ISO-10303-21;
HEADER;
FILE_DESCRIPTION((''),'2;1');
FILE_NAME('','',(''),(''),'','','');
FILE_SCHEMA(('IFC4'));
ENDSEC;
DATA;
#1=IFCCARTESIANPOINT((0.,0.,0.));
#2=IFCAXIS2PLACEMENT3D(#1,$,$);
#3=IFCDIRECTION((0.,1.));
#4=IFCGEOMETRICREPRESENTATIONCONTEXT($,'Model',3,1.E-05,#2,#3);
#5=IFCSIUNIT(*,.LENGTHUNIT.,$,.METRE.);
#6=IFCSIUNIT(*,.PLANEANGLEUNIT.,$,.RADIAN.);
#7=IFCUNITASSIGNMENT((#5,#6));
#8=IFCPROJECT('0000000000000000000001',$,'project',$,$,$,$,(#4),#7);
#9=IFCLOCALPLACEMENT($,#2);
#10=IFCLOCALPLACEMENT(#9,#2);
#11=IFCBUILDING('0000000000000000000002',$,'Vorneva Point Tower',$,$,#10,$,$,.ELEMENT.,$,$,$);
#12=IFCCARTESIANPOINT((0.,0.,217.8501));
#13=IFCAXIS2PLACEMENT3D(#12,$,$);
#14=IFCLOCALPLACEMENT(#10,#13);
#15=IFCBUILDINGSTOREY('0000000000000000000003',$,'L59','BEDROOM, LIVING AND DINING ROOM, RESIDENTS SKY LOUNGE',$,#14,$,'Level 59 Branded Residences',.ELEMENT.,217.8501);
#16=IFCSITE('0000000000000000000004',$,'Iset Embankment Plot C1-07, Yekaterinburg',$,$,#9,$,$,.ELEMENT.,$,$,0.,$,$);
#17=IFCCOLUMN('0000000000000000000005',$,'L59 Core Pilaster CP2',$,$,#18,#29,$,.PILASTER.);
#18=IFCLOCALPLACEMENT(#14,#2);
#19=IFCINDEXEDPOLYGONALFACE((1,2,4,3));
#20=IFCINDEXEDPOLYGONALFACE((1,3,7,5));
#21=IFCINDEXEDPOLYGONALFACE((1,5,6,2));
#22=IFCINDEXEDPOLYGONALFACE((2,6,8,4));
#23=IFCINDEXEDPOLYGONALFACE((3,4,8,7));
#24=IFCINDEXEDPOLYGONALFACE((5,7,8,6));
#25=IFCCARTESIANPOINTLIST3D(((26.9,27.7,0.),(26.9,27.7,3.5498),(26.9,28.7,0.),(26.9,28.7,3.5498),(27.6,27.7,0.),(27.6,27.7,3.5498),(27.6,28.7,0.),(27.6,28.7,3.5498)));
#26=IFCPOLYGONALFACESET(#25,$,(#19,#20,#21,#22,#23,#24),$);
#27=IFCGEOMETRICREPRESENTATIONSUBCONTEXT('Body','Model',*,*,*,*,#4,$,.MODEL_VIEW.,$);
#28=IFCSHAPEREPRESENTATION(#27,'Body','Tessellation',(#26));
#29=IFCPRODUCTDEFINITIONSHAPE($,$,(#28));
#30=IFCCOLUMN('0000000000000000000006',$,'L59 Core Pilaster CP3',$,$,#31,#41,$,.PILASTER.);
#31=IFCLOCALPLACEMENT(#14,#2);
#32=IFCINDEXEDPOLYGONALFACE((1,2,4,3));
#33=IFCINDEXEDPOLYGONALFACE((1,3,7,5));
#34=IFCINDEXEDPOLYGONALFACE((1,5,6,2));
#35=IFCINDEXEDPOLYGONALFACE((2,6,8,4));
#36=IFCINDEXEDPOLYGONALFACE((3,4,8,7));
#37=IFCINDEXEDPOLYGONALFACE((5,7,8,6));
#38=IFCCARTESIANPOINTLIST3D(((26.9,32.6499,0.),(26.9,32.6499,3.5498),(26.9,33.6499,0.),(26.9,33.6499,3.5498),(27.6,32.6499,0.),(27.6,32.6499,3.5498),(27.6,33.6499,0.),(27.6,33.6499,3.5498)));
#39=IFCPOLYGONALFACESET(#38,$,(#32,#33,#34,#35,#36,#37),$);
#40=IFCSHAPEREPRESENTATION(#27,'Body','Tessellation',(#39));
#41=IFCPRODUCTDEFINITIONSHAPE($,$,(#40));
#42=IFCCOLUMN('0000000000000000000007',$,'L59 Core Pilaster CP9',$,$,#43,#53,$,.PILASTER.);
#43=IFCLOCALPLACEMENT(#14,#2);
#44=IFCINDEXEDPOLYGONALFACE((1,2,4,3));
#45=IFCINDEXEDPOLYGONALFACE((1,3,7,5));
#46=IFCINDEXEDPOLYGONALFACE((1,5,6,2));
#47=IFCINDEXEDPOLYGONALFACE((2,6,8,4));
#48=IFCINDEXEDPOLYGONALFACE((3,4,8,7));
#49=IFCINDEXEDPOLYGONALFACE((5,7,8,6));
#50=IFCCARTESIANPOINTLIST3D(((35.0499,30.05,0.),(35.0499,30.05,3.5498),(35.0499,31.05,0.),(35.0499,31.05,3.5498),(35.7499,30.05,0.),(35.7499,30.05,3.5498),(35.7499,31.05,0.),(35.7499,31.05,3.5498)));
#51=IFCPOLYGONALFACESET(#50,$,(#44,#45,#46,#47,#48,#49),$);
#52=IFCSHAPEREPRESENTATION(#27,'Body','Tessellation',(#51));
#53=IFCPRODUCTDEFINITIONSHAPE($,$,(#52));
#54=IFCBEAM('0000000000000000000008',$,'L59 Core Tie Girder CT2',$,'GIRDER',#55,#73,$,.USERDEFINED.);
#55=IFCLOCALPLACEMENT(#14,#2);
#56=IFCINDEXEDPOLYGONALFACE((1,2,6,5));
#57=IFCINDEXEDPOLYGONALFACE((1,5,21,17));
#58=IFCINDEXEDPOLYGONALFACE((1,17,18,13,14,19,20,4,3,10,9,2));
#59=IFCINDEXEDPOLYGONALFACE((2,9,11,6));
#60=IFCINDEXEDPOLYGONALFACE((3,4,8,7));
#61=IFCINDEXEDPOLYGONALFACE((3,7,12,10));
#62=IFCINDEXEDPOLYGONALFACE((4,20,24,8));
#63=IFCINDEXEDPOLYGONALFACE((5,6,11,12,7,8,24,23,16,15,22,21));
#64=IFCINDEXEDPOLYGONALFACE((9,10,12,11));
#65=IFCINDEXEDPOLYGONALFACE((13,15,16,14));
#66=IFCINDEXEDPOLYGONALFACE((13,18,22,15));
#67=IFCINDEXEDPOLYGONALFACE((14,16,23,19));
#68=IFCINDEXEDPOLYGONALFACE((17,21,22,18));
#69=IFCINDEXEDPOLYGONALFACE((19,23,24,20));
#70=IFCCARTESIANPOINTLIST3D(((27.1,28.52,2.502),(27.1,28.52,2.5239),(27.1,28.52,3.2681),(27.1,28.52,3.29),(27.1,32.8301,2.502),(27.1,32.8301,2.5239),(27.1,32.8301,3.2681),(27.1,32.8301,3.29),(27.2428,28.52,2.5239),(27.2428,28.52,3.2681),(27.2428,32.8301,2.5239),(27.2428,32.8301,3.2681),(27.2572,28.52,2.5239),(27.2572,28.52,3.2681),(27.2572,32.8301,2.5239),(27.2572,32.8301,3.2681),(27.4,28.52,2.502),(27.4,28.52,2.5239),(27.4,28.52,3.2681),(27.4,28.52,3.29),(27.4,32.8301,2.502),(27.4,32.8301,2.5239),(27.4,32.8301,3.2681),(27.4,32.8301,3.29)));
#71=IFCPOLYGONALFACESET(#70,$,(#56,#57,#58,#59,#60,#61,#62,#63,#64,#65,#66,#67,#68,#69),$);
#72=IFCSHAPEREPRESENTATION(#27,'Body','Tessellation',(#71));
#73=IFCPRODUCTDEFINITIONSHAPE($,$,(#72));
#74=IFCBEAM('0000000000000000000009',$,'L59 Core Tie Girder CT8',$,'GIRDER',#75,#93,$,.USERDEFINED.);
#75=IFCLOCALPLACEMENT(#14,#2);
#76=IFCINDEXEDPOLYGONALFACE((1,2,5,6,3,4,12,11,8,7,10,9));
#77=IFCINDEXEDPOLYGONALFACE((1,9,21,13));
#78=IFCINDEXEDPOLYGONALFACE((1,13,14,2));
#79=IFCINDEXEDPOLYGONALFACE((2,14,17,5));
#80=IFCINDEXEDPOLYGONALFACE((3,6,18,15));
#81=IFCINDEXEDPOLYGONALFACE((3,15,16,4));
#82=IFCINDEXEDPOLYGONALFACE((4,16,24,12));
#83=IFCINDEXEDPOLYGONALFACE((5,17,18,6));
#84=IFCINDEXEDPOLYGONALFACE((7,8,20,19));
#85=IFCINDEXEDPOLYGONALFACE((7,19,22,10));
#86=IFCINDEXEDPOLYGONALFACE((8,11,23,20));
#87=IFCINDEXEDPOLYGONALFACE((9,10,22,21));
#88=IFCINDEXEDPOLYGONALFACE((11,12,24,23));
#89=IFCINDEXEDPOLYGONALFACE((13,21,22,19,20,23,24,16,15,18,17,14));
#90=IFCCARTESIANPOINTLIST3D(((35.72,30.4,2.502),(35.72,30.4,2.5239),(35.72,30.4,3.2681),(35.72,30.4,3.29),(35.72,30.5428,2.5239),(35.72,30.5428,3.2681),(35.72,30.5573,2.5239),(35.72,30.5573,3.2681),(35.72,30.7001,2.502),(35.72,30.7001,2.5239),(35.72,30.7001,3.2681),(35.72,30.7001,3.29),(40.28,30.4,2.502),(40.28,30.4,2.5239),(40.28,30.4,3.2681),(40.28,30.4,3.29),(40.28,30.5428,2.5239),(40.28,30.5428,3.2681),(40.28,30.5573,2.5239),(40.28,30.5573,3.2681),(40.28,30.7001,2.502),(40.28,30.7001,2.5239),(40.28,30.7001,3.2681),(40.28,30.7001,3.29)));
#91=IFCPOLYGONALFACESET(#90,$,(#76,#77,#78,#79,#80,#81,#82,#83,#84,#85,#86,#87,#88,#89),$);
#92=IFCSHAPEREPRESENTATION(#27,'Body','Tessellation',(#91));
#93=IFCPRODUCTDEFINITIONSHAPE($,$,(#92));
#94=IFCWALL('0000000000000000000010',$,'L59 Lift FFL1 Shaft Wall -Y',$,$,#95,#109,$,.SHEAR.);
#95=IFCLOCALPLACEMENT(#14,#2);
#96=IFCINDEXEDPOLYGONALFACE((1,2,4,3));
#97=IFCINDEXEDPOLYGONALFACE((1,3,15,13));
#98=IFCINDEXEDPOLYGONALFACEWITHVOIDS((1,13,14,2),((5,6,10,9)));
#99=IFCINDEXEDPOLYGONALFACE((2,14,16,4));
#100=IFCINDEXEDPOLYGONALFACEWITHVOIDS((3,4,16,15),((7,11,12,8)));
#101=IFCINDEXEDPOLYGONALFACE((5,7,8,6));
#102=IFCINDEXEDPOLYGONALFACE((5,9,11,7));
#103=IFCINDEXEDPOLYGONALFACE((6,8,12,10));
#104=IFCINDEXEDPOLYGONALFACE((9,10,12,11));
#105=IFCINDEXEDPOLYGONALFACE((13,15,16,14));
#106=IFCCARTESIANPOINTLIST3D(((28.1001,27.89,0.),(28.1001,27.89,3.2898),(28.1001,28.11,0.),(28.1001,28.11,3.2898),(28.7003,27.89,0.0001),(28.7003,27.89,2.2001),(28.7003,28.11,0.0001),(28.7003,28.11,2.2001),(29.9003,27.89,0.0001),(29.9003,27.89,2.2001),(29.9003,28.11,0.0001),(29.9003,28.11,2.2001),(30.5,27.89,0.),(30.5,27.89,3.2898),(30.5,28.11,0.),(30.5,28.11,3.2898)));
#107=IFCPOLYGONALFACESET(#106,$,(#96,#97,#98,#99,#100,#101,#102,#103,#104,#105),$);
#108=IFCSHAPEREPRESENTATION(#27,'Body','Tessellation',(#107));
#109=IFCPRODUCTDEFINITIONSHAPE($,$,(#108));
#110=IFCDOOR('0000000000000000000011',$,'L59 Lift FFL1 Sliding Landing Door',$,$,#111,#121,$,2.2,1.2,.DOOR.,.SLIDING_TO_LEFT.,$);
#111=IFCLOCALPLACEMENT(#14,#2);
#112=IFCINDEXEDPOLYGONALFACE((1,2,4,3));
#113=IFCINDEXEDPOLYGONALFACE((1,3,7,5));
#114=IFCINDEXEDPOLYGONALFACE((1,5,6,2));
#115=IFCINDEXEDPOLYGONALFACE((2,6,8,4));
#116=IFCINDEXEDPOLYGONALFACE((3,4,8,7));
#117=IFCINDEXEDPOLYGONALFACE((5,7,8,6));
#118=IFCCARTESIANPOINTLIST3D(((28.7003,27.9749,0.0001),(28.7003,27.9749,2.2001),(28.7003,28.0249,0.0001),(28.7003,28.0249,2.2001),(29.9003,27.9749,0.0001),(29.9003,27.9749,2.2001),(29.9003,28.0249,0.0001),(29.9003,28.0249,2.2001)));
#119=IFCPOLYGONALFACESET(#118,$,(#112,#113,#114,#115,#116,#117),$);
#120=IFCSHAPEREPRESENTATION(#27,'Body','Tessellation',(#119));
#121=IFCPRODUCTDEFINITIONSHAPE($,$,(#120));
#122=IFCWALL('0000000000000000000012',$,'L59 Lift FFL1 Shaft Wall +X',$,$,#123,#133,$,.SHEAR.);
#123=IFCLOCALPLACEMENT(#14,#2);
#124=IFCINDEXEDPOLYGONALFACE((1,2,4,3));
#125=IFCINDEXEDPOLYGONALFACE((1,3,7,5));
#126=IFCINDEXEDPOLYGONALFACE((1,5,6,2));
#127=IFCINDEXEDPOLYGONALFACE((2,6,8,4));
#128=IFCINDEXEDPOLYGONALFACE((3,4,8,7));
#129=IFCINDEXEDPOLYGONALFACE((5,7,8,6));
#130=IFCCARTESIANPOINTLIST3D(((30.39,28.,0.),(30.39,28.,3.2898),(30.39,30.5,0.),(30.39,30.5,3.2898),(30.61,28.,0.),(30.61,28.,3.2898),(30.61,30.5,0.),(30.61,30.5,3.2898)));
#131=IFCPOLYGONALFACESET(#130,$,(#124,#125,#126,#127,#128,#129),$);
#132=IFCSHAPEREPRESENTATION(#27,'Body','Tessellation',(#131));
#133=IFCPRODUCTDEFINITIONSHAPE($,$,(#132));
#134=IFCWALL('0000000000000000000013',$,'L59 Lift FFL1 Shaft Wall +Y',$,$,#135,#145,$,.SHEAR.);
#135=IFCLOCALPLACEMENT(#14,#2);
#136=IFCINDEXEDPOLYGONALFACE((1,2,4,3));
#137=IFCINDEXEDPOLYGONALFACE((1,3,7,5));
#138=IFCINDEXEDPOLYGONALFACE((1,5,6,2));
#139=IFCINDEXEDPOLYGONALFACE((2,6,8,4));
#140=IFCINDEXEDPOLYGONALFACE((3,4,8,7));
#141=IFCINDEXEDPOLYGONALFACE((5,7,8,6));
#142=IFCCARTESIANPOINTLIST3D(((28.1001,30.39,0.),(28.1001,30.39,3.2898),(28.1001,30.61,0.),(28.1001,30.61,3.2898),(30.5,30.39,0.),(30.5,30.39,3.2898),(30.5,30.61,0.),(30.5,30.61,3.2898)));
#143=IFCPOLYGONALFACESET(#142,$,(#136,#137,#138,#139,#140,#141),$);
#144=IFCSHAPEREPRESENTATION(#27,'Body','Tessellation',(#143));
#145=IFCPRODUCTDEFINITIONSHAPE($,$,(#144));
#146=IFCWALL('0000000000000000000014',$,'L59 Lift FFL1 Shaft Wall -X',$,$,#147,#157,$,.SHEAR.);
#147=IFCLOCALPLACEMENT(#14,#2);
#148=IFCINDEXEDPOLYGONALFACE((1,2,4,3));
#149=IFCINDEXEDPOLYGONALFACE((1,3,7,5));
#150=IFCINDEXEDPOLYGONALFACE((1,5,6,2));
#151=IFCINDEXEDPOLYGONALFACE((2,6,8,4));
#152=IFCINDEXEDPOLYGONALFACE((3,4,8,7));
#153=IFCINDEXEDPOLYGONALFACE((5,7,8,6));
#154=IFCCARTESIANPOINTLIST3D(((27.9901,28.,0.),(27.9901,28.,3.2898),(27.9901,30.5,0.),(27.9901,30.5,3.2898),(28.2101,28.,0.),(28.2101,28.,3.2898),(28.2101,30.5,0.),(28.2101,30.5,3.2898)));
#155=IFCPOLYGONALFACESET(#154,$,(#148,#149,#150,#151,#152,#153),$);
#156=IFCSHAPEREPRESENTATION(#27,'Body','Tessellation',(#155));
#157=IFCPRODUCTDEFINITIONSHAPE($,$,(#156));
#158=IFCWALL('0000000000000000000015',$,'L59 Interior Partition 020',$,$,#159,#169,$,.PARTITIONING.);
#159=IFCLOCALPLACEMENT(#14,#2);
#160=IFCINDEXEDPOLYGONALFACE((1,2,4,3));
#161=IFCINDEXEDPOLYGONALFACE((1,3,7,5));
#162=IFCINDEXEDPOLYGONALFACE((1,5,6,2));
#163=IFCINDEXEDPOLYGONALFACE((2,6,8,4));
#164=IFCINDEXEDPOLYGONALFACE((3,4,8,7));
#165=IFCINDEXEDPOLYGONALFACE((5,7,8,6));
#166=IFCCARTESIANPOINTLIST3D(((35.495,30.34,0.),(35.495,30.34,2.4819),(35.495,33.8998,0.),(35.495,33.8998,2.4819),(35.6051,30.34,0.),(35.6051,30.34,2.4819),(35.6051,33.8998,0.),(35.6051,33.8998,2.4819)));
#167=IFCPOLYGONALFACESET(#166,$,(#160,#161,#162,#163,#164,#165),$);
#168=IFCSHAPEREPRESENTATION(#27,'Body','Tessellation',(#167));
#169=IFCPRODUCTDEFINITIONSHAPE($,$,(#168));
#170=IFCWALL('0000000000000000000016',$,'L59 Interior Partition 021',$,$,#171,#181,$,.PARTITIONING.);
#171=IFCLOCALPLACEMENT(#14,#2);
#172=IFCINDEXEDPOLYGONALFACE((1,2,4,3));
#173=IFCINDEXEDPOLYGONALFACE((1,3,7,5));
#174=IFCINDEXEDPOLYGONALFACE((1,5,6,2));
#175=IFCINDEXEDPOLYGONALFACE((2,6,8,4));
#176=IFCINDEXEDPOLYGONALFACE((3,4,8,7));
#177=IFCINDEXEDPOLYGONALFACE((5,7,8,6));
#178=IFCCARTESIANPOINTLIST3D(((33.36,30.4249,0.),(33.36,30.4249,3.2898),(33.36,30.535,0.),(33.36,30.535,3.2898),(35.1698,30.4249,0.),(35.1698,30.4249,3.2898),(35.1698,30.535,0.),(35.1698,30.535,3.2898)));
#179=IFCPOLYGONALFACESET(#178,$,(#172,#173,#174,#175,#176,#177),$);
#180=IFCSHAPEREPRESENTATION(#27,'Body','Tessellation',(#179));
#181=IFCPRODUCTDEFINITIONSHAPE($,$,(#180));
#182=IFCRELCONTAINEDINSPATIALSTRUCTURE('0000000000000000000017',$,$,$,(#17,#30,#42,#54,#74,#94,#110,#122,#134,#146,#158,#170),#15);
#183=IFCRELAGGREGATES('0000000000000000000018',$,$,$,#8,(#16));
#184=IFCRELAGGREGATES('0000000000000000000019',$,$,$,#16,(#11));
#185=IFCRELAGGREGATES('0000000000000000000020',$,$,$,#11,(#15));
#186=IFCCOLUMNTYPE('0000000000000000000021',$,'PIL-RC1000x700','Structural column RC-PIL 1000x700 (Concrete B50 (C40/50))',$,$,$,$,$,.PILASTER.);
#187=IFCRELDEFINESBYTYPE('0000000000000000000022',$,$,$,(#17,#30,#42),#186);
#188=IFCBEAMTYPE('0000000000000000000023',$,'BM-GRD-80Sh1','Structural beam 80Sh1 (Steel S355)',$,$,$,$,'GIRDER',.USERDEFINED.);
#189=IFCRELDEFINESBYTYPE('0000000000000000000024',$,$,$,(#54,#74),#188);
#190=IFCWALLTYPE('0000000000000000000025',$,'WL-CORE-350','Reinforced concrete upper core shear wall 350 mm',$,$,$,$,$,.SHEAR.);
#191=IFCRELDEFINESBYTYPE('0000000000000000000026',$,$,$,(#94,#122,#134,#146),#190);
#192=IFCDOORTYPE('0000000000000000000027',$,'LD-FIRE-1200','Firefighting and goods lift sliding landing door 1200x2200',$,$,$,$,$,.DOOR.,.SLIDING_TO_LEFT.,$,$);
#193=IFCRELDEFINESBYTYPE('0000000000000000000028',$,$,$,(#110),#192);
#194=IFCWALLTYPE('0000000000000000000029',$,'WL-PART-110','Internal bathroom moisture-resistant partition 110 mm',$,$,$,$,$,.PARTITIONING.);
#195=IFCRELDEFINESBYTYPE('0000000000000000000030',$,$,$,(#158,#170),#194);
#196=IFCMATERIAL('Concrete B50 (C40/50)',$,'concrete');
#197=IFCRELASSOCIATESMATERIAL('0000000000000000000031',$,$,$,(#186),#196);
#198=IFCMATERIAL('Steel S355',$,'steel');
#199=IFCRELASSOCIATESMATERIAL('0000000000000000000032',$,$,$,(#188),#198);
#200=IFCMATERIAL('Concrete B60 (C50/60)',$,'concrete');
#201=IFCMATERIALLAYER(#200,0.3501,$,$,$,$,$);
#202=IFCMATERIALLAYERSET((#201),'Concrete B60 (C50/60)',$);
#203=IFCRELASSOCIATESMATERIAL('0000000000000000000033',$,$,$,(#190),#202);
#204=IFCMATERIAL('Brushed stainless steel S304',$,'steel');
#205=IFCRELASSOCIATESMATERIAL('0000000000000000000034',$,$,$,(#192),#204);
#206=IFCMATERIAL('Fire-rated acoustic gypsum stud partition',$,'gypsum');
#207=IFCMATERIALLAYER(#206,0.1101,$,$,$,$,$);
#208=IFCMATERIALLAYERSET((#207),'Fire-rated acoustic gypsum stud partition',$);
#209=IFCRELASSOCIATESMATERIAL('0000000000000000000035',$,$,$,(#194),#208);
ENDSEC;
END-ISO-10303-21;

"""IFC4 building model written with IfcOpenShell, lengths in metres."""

from ifc_helpers import new_model, si_unit, direction, frame, frame_2d, origin, origin_2d, place, context, subcontext, project, spatial, rectangle, i_section, extrude, material, layer, layer_set, material_profile, profile_set, type_object, element, fill, save


model = new_model("IFC4")

# Units and contexts
model_context = context("Model", 3, precision=1e-05, world=origin(), true_north=direction((0.0, 1.0)))
body_context = subcontext(model_context, "Body", "Model", "MODEL_VIEW")
ifc_project = project(units=[si_unit("LENGTHUNIT", "METRE"), si_unit("PLANEANGLEUNIT", "RADIAN")], contexts=[model_context])

# Site, building, storey
site_placement = place(None, origin())
site = spatial("IfcSite", under=ifc_project, at=site_placement, Name="Iset Embankment Plot C1-07, Yekaterinburg", CompositionType="ELEMENT", RefElevation=0.0)
building_placement = place(site_placement, origin())
building = spatial("IfcBuilding", under=site, at=building_placement, Name="Vorneva Point Tower", CompositionType="ELEMENT")
storey_placement = place(building_placement, frame((0.0, 0.0, 217.8501)))
storey = spatial("IfcBuildingStorey", under=building, at=storey_placement, Name="L59", Description="BEDROOM, LIVING AND DINING ROOM, RESIDENTS SKY LOUNGE", LongName="Level 59 Branded Residences", CompositionType="ELEMENT", Elevation=217.8501)

# Columns
ifc_material_1 = material(Name="Concrete B50 (C40/50)", Category="concrete")
ifc_material_profile_1 = material_profile(ifc_material_1, rectangle(XDim=0.7, YDim=1.0, at=origin_2d()), Name="RC-PIL 1000x700")
ifc_profile_set_1 = profile_set([ifc_material_profile_1], Name="Concrete B50 (C40/50)")
column_type = type_object("IfcColumnType", Name="PIL-RC1000x700", Description="Structural column RC-PIL 1000x700 (Concrete B50 (C40/50))", PredefinedType="PILASTER", material=ifc_profile_set_1)
for number, where, z_axis, x_axis, name in (
    (1, (27.25, 28.2, 0.0), (0.0, 0.0, 1.0), (1.0, 0.0, 0.0), "L59 Core Pilaster CP2"),
    (2, (27.25, 33.1499, 0.0), (0.0, 0.0, 1.0), (1.0, 0.0, 0.0), "L59 Core Pilaster CP3"),
    (3, (35.3999, 30.55, 0.0), (0.0, 0.0, 1.0), (1.0, 0.0, 0.0), "L59 Core Pilaster CP9"),
):
    element("IfcColumn", number, at=place(storey_placement, frame(where, z_axis=z_axis, x_axis=x_axis)), inside=storey, type_object=column_type, Name=name, PredefinedType="PILASTER", context=body_context, shape_type="SweptSolid", body=[
        extrude(rectangle(XDim=0.7, YDim=1.0, at=origin_2d()), origin(), (0.0, 0.0, 1.0), 3.5498),
    ])

# Beams
ifc_material_2 = material(Name="Steel S355", Category="steel")
ifc_material_profile_2 = material_profile(ifc_material_2, i_section(OverallWidth=0.3, OverallDepth=0.7881, WebThickness=0.0144, FlangeThickness=0.022, at=origin_2d()), Name="80Sh1")
ifc_profile_set_2 = profile_set([ifc_material_profile_2], Name="Steel S355")
beam_type = type_object("IfcBeamType", Name="BM-GRD-80Sh1", Description="Structural beam 80Sh1 (Steel S355)", ElementType="GIRDER", PredefinedType="USERDEFINED", material=ifc_profile_set_2)
beam_1_placement = place(storey_placement, frame((27.25, 28.52, 2.896), z_axis=(0.0, 1.0, 0.0), x_axis=(-1.0, 0.0, 0.0)))
element("IfcBeam", 4, at=beam_1_placement, inside=storey, type_object=beam_type, Name="L59 Core Tie Girder CT2", ObjectType="GIRDER", PredefinedType="USERDEFINED", context=body_context, shape_type="SweptSolid", body=[
    extrude(i_section(OverallWidth=0.3, OverallDepth=0.7881, WebThickness=0.0144, FlangeThickness=0.022, at=origin_2d()), origin(), (0.0, 0.0, 1.0), 4.3101),
])
beam_2_placement = place(storey_placement, frame((35.72, 30.55, 2.896), z_axis=(1.0, 0.0, 0.0), x_axis=(0.0, 1.0, 0.0)))
element("IfcBeam", 5, at=beam_2_placement, inside=storey, type_object=beam_type, Name="L59 Core Tie Girder CT8", ObjectType="GIRDER", PredefinedType="USERDEFINED", context=body_context, shape_type="SweptSolid", body=[
    extrude(i_section(OverallWidth=0.3, OverallDepth=0.7881, WebThickness=0.0144, FlangeThickness=0.022, at=origin_2d()), origin(), (0.0, 0.0, 1.0), 4.5601),
])

# Wall, opening, door
ifc_material_3 = material(Name="Concrete B60 (C50/60)", Category="concrete")
ifc_layer_1 = layer(ifc_material_3, 0.3501)
ifc_layer_set_1 = layer_set([ifc_layer_1], Name="Concrete B60 (C50/60)")
wall_type_1 = type_object("IfcWallType", Name="WL-CORE-350", Description="Reinforced concrete upper core shear wall 350 mm", PredefinedType="SHEAR", material=ifc_layer_set_1)
wall_1_placement = place(storey_placement, frame((28.1001, 28.0, 0.0), z_axis=(0.0, 0.0, 1.0), x_axis=(1.0, 0.0, 0.0)))
wall_1 = element("IfcWall", 6, at=wall_1_placement, inside=storey, type_object=wall_type_1, Name="L59 Lift FFL1 Shaft Wall -Y", PredefinedType="SHEAR", context=body_context, shape_type="SweptSolid", body=[
    extrude(rectangle(XDim=2.3999, YDim=0.22, at=frame_2d((1.2, 0.0))), origin(), (0.0, 0.0, 1.0), 3.2898),
])
opening_1_placement = place(wall_1_placement, frame((0.6001, 0.0, 0.0)))
opening_1 = element("IfcOpeningElement", 7, at=opening_1_placement, cuts=wall_1, PredefinedType="OPENING", context=body_context, shape_type="SweptSolid", body=[
    extrude(rectangle(XDim=1.2, YDim=2.2, at=frame_2d((0.6001, 1.1001))), frame((0.0, 0.125, 0.0), z_axis=(0.0, -1.0, 0.0), x_axis=(1.0, 0.0, 0.0)), (0.0, 0.0, 1.0), 0.2498),
])
ifc_material_4 = material(Name="Brushed stainless steel S304", Category="steel")
door_type_1 = type_object("IfcDoorType", Name="LD-FIRE-1200", Description="Firefighting and goods lift sliding landing door 1200x2200", OperationType="SLIDING_TO_LEFT", PredefinedType="DOOR", material=ifc_material_4)
door_1_placement = place(opening_1_placement, origin())
door_1 = element("IfcDoor", 8, at=door_1_placement, inside=storey, type_object=door_type_1, Name="L59 Lift FFL1 Sliding Landing Door", OperationType="SLIDING_TO_LEFT", OverallHeight=2.2, OverallWidth=1.2, PredefinedType="DOOR", context=body_context, shape_type="SweptSolid", body=[
    extrude(rectangle(XDim=1.2, YDim=2.2, at=frame_2d((0.6001, 1.1001))), frame((0.0, 0.0249, 0.0), z_axis=(0.0, -1.0, 0.0), x_axis=(1.0, 0.0, 0.0)), (0.0, 0.0, 1.0), 0.05),
])
fill(opening_1, door_1)

# Walls
wall_2_placement = place(storey_placement, frame((30.5, 28.0, 0.0), z_axis=(0.0, 0.0, 1.0), x_axis=(0.0, 1.0, 0.0)))
element("IfcWall", 9, at=wall_2_placement, inside=storey, type_object=wall_type_1, Name="L59 Lift FFL1 Shaft Wall +X", PredefinedType="SHEAR", context=body_context, shape_type="SweptSolid", body=[
    extrude(rectangle(XDim=2.5, YDim=0.22, at=frame_2d((1.25, 0.0))), origin(), (0.0, 0.0, 1.0), 3.2898),
])
wall_3_placement = place(storey_placement, frame((30.5, 30.5, 0.0), z_axis=(0.0, 0.0, 1.0), x_axis=(-1.0, 0.0, 0.0)))
element("IfcWall", 10, at=wall_3_placement, inside=storey, type_object=wall_type_1, Name="L59 Lift FFL1 Shaft Wall +Y", PredefinedType="SHEAR", context=body_context, shape_type="SweptSolid", body=[
    extrude(rectangle(XDim=2.3999, YDim=0.22, at=frame_2d((1.2, 0.0))), origin(), (0.0, 0.0, 1.0), 3.2898),
])
wall_4_placement = place(storey_placement, frame((28.1001, 30.5, 0.0), z_axis=(0.0, 0.0, 1.0), x_axis=(0.0, -1.0, 0.0)))
element("IfcWall", 11, at=wall_4_placement, inside=storey, type_object=wall_type_1, Name="L59 Lift FFL1 Shaft Wall -X", PredefinedType="SHEAR", context=body_context, shape_type="SweptSolid", body=[
    extrude(rectangle(XDim=2.5, YDim=0.22, at=frame_2d((1.25, 0.0))), origin(), (0.0, 0.0, 1.0), 3.2898),
])
ifc_material_5 = material(Name="Fire-rated acoustic gypsum stud partition", Category="gypsum")
ifc_layer_2 = layer(ifc_material_5, 0.1101)
ifc_layer_set_2 = layer_set([ifc_layer_2], Name="Fire-rated acoustic gypsum stud partition")
wall_type_2 = type_object("IfcWallType", Name="WL-PART-110", Description="Internal bathroom moisture-resistant partition 110 mm", PredefinedType="PARTITIONING", material=ifc_layer_set_2)
wall_5_placement = place(storey_placement, frame((35.55, 30.3401, 0.0), z_axis=(0.0, 0.0, 1.0), x_axis=(0.0, 1.0, 0.0)))
element("IfcWall", 12, at=wall_5_placement, inside=storey, type_object=wall_type_2, Name="L59 Interior Partition 020", PredefinedType="PARTITIONING", context=body_context, shape_type="SweptSolid", body=[
    extrude(rectangle(XDim=3.5598, YDim=0.1101, at=frame_2d((1.7798, 0.0))), origin(), (0.0, 0.0, 1.0), 2.4819),
])
wall_6_placement = place(storey_placement, frame((33.3601, 30.48, 0.0), z_axis=(0.0, 0.0, 1.0), x_axis=(1.0, 0.0, 0.0)))
element("IfcWall", 13, at=wall_6_placement, inside=storey, type_object=wall_type_2, Name="L59 Interior Partition 021", PredefinedType="PARTITIONING", context=body_context, shape_type="SweptSolid", body=[
    extrude(rectangle(XDim=1.8098, YDim=0.1101, at=frame_2d((0.9048, 0.0))), origin(), (0.0, 0.0, 1.0), 3.2898),
])

save(model, "model.ifc")
